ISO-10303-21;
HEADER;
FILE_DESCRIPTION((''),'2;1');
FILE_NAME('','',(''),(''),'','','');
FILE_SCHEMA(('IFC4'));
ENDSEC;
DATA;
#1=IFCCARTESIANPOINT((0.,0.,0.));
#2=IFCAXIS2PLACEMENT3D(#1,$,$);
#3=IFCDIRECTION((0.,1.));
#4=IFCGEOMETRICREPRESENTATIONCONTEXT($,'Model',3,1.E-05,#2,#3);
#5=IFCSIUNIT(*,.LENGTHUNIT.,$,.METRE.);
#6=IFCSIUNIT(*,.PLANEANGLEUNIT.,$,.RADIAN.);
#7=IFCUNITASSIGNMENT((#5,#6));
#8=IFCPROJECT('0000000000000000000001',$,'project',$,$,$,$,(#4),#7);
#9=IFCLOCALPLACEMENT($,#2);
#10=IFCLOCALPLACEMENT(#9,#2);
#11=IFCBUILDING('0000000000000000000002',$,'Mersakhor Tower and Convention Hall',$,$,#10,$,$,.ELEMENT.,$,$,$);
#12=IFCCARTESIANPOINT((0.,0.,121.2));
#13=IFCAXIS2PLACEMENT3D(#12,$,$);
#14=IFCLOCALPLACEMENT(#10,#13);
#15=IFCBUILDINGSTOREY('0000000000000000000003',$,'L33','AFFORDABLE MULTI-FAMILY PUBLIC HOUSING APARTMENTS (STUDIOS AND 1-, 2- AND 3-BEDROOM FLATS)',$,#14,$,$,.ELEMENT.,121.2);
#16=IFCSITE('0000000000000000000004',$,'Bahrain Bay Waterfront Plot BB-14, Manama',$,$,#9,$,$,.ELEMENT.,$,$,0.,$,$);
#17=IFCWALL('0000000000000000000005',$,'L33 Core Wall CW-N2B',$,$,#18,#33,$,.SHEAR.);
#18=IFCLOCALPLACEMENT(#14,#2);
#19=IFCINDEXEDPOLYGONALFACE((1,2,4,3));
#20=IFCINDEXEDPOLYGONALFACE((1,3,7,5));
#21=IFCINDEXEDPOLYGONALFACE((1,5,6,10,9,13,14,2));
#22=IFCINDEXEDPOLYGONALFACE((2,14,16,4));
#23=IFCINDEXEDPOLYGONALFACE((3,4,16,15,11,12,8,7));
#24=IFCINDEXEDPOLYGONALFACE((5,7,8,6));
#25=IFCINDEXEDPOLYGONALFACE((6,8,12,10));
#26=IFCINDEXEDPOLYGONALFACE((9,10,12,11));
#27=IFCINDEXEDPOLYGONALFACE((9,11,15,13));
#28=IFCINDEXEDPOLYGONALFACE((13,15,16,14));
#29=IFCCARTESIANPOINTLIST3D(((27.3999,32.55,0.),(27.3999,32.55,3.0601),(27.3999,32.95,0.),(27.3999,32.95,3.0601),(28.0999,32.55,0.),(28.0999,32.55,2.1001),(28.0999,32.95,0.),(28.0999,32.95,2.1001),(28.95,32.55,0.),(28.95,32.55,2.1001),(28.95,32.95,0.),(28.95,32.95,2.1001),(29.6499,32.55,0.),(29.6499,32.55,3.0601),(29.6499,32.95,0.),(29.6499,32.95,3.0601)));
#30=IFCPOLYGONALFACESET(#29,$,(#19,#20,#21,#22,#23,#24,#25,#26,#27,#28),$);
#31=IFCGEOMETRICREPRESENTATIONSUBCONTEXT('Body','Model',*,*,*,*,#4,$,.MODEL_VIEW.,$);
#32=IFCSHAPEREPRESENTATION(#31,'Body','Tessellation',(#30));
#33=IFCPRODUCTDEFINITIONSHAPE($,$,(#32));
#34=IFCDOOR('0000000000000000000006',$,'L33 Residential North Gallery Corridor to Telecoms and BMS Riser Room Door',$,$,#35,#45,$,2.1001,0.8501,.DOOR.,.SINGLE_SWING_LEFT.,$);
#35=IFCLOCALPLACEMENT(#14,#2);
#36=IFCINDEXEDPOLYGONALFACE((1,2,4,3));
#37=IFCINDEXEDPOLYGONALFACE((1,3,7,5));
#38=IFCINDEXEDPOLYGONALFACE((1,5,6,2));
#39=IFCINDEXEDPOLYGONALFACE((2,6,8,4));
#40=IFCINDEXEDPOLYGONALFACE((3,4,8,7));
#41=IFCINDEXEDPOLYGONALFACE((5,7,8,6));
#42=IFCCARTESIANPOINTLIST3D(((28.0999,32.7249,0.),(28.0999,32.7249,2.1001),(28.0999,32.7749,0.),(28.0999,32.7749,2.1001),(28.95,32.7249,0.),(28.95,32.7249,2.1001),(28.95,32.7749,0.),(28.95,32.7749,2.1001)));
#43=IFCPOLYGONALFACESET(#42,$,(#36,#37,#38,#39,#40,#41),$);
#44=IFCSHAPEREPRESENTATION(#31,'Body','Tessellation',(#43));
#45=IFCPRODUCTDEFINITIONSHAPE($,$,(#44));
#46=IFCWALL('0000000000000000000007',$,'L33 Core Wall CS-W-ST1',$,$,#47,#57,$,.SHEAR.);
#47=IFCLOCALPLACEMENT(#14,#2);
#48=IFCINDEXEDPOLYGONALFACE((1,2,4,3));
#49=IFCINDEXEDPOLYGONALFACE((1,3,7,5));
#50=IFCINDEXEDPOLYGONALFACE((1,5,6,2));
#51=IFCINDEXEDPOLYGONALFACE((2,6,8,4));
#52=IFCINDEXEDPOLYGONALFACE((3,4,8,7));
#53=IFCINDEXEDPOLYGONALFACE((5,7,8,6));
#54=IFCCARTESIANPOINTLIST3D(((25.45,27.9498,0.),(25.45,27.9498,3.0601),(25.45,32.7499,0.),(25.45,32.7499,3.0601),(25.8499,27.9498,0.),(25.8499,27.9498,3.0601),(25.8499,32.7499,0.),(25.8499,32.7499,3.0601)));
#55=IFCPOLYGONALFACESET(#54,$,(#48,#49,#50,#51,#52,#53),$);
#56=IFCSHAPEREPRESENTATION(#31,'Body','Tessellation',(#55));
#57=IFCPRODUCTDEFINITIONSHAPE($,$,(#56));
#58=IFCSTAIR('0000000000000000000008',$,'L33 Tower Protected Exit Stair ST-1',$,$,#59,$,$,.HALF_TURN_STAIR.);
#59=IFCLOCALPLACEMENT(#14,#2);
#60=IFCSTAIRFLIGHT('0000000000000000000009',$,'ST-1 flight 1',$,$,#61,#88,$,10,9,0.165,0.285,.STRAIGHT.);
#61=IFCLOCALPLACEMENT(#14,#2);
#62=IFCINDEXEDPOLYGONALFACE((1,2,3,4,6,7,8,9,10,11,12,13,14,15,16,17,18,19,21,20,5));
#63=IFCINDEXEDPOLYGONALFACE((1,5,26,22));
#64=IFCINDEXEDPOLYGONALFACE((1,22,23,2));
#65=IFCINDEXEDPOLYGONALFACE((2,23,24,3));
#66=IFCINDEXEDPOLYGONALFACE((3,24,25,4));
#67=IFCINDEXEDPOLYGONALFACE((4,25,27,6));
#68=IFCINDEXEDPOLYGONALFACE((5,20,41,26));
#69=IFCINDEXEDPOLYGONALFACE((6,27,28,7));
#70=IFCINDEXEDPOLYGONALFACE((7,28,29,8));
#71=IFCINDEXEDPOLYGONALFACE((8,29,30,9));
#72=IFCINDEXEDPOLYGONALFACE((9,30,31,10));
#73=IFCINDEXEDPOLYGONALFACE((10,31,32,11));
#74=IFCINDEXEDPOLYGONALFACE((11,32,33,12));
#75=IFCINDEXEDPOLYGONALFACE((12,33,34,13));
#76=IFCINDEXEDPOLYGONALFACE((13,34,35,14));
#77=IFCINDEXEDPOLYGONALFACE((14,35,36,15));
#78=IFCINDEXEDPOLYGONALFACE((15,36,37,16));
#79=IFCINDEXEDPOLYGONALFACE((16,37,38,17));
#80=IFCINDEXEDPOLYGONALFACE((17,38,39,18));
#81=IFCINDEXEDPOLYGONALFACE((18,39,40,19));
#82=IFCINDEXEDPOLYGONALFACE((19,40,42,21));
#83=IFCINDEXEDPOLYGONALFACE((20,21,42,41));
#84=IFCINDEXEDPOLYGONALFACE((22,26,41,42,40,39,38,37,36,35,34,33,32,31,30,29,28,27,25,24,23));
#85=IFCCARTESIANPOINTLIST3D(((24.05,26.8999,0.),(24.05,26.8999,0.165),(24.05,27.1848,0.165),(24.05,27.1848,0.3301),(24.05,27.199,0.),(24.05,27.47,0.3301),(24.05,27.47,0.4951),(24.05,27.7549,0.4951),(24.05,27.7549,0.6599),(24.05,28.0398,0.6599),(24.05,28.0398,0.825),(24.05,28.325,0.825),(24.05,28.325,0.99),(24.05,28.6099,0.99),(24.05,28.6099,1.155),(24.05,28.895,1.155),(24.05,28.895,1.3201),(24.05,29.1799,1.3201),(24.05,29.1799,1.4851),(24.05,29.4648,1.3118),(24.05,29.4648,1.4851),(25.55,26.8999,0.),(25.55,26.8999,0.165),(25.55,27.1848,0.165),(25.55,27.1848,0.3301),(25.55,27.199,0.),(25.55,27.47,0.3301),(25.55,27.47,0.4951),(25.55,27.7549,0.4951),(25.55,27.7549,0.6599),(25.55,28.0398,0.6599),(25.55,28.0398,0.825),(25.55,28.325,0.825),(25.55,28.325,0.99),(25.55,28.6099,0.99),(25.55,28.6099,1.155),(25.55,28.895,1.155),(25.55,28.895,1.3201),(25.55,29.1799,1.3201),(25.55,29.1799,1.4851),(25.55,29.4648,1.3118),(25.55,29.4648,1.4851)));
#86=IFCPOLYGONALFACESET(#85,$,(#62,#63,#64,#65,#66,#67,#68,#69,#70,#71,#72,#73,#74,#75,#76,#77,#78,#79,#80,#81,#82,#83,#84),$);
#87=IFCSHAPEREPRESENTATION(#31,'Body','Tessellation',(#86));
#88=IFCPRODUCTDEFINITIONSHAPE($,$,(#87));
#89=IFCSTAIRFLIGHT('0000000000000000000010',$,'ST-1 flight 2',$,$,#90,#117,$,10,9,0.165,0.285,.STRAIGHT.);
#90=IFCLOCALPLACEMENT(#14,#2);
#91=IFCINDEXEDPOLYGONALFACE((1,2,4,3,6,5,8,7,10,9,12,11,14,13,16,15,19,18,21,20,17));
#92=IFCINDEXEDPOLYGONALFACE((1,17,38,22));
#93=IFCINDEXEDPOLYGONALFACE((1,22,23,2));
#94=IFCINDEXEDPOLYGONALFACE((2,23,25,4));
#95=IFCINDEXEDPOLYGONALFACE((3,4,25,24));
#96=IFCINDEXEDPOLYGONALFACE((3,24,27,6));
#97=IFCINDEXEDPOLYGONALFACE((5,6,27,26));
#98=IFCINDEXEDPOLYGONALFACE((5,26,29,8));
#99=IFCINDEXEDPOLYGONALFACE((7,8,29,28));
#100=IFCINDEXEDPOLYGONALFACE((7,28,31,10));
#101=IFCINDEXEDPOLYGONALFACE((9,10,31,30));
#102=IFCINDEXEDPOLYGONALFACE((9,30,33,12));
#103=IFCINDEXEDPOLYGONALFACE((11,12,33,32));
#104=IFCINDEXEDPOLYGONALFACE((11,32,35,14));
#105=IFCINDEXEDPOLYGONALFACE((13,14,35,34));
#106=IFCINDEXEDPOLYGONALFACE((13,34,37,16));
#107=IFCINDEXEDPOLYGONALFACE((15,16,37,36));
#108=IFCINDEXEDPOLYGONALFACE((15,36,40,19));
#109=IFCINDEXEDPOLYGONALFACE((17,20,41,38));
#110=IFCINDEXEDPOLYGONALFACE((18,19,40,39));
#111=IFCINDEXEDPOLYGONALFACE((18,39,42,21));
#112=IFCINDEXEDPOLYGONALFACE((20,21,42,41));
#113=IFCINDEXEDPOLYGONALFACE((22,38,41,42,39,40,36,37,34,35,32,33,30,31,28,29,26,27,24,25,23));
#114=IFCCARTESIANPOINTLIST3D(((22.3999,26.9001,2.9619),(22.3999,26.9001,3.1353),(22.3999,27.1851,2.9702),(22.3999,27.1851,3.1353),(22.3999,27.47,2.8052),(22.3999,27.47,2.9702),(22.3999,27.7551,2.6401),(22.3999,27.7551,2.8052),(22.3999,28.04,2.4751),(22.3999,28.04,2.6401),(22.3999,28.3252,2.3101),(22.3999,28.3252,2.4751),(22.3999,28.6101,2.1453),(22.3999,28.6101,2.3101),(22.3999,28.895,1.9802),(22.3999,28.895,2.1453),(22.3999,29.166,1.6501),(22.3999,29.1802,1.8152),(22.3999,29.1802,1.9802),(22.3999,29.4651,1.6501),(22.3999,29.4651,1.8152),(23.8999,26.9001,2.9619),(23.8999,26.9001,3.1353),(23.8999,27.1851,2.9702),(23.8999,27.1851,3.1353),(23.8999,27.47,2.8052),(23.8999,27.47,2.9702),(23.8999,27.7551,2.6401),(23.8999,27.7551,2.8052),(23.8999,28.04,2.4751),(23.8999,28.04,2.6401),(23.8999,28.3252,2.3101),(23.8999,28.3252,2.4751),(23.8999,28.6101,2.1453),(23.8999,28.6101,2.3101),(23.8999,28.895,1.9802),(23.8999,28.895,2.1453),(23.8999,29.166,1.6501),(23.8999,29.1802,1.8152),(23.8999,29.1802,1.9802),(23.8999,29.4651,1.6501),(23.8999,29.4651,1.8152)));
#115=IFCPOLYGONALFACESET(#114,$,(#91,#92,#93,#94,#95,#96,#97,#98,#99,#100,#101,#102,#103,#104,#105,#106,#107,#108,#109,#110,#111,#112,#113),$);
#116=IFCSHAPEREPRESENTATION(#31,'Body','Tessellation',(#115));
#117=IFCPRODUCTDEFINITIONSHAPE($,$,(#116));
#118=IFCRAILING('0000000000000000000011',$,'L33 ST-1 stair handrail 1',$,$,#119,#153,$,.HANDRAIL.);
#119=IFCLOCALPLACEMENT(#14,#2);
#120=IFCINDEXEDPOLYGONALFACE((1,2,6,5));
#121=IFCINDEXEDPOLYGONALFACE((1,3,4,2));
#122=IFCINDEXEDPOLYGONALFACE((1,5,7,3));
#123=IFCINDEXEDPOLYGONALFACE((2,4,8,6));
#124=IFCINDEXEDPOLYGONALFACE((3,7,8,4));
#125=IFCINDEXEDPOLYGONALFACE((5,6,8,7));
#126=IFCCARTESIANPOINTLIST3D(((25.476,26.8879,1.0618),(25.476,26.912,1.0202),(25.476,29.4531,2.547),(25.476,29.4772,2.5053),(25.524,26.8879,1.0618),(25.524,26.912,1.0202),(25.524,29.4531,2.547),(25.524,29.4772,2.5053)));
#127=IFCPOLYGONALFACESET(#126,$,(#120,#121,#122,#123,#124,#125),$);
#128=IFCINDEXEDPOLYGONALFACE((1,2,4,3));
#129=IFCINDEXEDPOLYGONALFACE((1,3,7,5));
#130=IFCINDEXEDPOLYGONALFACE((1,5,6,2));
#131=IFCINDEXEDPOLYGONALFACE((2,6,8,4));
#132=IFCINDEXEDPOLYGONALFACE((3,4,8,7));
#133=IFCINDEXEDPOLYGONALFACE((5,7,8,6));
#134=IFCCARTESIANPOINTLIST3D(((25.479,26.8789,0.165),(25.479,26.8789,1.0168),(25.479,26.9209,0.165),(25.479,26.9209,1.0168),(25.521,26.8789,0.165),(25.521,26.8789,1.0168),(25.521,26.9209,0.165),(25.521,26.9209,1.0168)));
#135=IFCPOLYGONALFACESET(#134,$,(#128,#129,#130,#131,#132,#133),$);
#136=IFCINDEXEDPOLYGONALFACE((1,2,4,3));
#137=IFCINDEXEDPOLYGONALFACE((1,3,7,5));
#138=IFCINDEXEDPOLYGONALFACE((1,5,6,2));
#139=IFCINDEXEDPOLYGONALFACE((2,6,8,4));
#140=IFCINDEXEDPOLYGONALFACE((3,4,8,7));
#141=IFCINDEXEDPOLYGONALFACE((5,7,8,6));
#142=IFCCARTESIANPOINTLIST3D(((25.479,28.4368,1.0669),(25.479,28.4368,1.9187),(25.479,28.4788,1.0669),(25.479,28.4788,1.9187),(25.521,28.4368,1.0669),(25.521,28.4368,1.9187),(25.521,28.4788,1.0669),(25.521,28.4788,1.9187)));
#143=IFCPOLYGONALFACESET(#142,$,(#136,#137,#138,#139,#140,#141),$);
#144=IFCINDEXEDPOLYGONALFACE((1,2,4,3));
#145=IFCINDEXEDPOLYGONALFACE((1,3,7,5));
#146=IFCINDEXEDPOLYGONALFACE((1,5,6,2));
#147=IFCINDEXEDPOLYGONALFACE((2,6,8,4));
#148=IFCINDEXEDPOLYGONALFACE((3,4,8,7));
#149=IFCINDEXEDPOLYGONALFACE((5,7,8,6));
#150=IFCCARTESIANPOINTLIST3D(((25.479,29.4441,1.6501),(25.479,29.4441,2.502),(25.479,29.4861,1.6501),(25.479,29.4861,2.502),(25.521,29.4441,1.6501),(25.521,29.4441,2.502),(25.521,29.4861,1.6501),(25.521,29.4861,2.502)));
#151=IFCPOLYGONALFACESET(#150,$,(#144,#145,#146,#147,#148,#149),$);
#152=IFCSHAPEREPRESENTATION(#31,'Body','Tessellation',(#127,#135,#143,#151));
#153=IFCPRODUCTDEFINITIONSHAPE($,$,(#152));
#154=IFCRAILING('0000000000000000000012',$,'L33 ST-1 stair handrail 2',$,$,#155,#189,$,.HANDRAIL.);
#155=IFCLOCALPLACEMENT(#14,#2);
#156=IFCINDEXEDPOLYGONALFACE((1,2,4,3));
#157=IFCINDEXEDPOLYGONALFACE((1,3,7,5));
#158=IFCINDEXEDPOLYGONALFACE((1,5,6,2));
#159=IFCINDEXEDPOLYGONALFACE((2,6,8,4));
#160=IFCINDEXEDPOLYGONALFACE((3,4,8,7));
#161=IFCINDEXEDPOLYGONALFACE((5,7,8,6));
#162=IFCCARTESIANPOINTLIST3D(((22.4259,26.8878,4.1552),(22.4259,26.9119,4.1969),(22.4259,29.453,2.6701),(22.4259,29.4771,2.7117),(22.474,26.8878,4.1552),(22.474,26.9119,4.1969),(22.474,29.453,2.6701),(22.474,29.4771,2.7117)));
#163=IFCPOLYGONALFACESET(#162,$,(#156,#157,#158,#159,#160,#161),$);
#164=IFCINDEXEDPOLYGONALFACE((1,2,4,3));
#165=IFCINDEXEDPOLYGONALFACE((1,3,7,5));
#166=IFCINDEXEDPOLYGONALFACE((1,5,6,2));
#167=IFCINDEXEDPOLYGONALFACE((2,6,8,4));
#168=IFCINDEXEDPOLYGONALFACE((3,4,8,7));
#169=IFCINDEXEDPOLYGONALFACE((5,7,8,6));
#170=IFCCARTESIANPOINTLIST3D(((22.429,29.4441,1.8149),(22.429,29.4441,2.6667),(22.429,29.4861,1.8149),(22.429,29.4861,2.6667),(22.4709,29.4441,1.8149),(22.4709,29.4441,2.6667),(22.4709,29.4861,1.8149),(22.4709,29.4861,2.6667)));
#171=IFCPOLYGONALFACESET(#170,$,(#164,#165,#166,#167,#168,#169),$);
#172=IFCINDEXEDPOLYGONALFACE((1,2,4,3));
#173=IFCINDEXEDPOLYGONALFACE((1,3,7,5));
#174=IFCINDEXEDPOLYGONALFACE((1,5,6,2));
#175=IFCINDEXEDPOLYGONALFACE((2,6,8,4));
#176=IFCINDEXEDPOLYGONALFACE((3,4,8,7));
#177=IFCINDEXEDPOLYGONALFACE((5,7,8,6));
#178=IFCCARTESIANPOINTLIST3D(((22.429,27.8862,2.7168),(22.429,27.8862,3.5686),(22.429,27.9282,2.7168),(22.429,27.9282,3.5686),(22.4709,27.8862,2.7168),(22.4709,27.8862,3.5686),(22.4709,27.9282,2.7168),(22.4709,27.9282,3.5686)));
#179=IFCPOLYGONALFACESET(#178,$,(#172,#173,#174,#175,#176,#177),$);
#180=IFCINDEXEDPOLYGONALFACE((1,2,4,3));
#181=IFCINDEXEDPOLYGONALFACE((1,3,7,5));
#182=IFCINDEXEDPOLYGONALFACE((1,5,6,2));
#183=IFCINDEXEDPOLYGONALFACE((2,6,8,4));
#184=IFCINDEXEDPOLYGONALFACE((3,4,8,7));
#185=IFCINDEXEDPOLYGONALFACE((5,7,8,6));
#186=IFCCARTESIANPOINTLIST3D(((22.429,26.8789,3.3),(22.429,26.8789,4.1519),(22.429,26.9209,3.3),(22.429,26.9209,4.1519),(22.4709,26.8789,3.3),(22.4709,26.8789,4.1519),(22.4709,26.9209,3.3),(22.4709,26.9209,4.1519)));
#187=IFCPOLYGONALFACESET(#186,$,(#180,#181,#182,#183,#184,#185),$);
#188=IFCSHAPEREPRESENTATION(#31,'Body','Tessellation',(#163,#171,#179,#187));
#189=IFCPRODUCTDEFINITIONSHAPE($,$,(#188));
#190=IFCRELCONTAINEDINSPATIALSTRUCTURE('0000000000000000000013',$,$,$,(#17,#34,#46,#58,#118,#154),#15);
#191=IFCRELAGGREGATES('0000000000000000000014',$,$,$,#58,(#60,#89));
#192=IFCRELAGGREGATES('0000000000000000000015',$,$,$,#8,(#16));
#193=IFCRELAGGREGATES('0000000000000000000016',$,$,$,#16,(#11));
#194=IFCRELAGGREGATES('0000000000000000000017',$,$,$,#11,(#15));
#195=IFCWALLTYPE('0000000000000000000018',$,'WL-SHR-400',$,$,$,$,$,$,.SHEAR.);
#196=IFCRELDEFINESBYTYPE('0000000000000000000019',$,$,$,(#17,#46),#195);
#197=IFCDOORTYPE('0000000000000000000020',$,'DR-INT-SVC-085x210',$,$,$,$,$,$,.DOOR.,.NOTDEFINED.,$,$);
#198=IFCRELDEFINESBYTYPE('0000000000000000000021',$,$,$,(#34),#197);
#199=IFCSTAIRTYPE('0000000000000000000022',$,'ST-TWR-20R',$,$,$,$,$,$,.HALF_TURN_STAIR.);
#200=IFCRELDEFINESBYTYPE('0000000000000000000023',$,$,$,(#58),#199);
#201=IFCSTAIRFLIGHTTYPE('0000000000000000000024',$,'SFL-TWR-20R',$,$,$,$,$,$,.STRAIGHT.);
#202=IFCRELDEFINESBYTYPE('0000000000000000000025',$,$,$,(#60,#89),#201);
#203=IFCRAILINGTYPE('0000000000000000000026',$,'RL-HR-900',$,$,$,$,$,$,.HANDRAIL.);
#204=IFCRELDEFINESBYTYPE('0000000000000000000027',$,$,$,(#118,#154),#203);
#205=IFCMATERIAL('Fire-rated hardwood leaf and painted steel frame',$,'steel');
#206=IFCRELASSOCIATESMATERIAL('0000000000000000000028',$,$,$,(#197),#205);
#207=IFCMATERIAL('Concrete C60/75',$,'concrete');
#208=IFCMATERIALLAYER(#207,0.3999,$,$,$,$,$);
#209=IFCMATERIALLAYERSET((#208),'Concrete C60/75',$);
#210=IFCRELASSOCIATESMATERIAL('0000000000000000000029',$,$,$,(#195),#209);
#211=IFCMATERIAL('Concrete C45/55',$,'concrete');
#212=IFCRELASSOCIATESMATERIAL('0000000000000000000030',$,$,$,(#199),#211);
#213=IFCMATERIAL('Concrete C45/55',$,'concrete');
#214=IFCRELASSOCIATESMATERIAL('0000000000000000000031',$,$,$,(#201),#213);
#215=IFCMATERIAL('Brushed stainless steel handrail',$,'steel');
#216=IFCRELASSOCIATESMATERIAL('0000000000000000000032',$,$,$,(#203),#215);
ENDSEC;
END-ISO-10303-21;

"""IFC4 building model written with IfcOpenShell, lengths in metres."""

from ifc_helpers import new_model, si_unit, direction, frame, frame_2d, origin, origin_2d, place, context, subcontext, project, spatial, polyline, rectangle, outline, extrude, material, layer, layer_set, type_object, element, fill, aggregate, save


model = new_model("IFC4")

# Units and contexts
model_context = context("Model", 3, precision=1e-05, world=origin(), true_north=direction((0.0, 1.0)))
body_context = subcontext(model_context, "Body", "Model", "MODEL_VIEW")
ifc_project = project(units=[si_unit("LENGTHUNIT", "METRE"), si_unit("PLANEANGLEUNIT", "RADIAN")], contexts=[model_context])

# Site, building, storey
site_placement = place(None, origin())
site = spatial("IfcSite", under=ifc_project, at=site_placement, Name="Bahrain Bay Waterfront Plot BB-14, Manama", CompositionType="ELEMENT", RefElevation=0.0)
building_placement = place(site_placement, origin())
building = spatial("IfcBuilding", under=site, at=building_placement, Name="Mersakhor Tower and Convention Hall", CompositionType="ELEMENT")
storey_placement = place(building_placement, frame((0.0, 0.0, 121.2)))
storey = spatial("IfcBuildingStorey", under=building, at=storey_placement, Name="L33", Description="AFFORDABLE MULTI-FAMILY PUBLIC HOUSING APARTMENTS (STUDIOS AND 1-, 2- AND 3-BEDROOM FLATS)", CompositionType="ELEMENT", Elevation=121.2)

# Shared definitions
ifc_material_1 = material(Name="Fire-rated hardwood leaf and painted steel frame", Category="steel")
door_type_1 = type_object("IfcDoorType", Name="DR-INT-SVC-085x210", OperationType="NOTDEFINED", PredefinedType="DOOR", material=ifc_material_1)

# Shared definitions
ifc_material_2 = material(Name="Concrete C60/75", Category="concrete")
ifc_layer_1 = layer(ifc_material_2, 0.3999)
ifc_layer_set_1 = layer_set([ifc_layer_1], Name="Concrete C60/75")
wall_type_1 = type_object("IfcWallType", Name="WL-SHR-400", PredefinedType="SHEAR", material=ifc_layer_set_1)

# Wall, opening, door
wall_1_placement = place(storey_placement, frame((27.3999, 32.75, 0.0), z_axis=(0.0, 0.0, 1.0), x_axis=(1.0, 0.0, 0.0)))
wall_1 = element("IfcWall", 1, at=wall_1_placement, inside=storey, type_object=wall_type_1, Name="L33 Core Wall CW-N2B", PredefinedType="SHEAR", context=body_context, shape_type="SweptSolid", body=[
    extrude(rectangle(XDim=2.25, YDim=0.3999, at=frame_2d((1.125, 0.0))), origin(), (0.0, 0.0, 1.0), 3.0601),
])
opening_1_placement = place(wall_1_placement, frame((0.7, 0.0, 0.0)))
opening_1 = element("IfcOpeningElement", 2, at=opening_1_placement, cuts=wall_1, PredefinedType="OPENING", context=body_context, shape_type="SweptSolid", body=[
    extrude(rectangle(XDim=0.8501, YDim=2.1001, at=frame_2d((0.425, 1.05))), frame((0.0, 0.21, 0.0), z_axis=(0.0, -1.0, 0.0), x_axis=(1.0, 0.0, 0.0)), (0.0, 0.0, 1.0), 0.4199),
])
door_1_placement = place(opening_1_placement, origin())
door_1 = element("IfcDoor", 3, at=door_1_placement, inside=storey, type_object=door_type_1, Name="L33 Residential North Gallery Corridor to Telecoms and BMS Riser Room Door", OperationType="SINGLE_SWING_LEFT", OverallHeight=2.1001, OverallWidth=0.8501, PredefinedType="DOOR", context=body_context, shape_type="SweptSolid", body=[
    extrude(rectangle(XDim=0.8501, YDim=2.1001, at=frame_2d((0.425, 1.05))), frame((0.0, 0.0249, 0.0), z_axis=(0.0, -1.0, 0.0), x_axis=(1.0, 0.0, 0.0)), (0.0, 0.0, 1.0), 0.05),
])
fill(opening_1, door_1)

# Wall
wall_2_placement = place(storey_placement, frame((25.6499, 27.95, 0.0), z_axis=(0.0, 0.0, 1.0), x_axis=(0.0, 1.0, 0.0)))
element("IfcWall", 4, at=wall_2_placement, inside=storey, type_object=wall_type_1, Name="L33 Core Wall CS-W-ST1", PredefinedType="SHEAR", context=body_context, shape_type="SweptSolid", body=[
    extrude(rectangle(XDim=4.8, YDim=0.3999, at=frame_2d((2.3999, 0.0))), origin(), (0.0, 0.0, 1.0), 3.0601),
])

# Stair, stair flights
ifc_material_3 = material(Name="Concrete C45/55", Category="concrete")
stair_type = type_object("IfcStairType", Name="ST-TWR-20R", PredefinedType="HALF_TURN_STAIR", material=ifc_material_3)
stair_placement = place(storey_placement, origin())
stair = element("IfcStair", 5, at=stair_placement, inside=storey, type_object=stair_type, Name="L33 Tower Protected Exit Stair ST-1", PredefinedType="HALF_TURN_STAIR")
ifc_material_4 = material(Name="Concrete C45/55", Category="concrete")
stair_flight_type = type_object("IfcStairFlightType", Name="SFL-TWR-20R", PredefinedType="STRAIGHT", material=ifc_material_4)
stair_flight_1_placement = place(storey_placement, frame((24.8, 26.8999, 0.0), z_axis=(0.0, 0.0, 1.0), x_axis=(0.0, 1.0, 0.0)))
stair_flight_1 = element("IfcStairFlight", 6, at=stair_flight_1_placement, type_object=stair_flight_type, Name="ST-1 flight 1", NumberOfRisers=10, NumberOfTreads=9, PredefinedType="STRAIGHT", RiserHeight=0.165, TreadLength=0.285, context=body_context, shape_type="SweptSolid", body=[
    extrude(outline(polyline([(0.0, 0.0), (0.0, 0.165), (0.2849, 0.165), (0.2849, 0.3301), (0.5701, 0.3301), (0.5701, 0.4951), (0.855, 0.4951), (0.855, 0.6599), (1.1399, 0.6599), (1.1399, 0.825), (1.425, 0.825), (1.425, 0.99), (1.71, 0.99), (1.71, 1.155), (1.9951, 1.155), (1.9951, 1.3201), (2.28, 1.3201), (2.28, 1.4851), (2.5649, 1.4851), (2.5649, 1.6499), (2.5649, 1.3118), (0.2991, 0.0), (0.0, 0.0)])), frame((0.0, 0.75, 0.0), z_axis=(0.0, -1.0, 0.0), x_axis=(1.0, 0.0, 0.0)), (0.0, 0.0, 1.0), 1.5),
])
stair_flight_2_placement = place(storey_placement, frame((23.1499, 29.4651, 1.6501), z_axis=(0.0, 0.0, 1.0), x_axis=(0.0, -1.0, 0.0)))
stair_flight_2 = element("IfcStairFlight", 7, at=stair_flight_2_placement, type_object=stair_flight_type, Name="ST-1 flight 2", NumberOfRisers=10, NumberOfTreads=9, PredefinedType="STRAIGHT", RiserHeight=0.165, TreadLength=0.285, context=body_context, shape_type="SweptSolid", body=[
    extrude(outline(polyline([(0.0, 0.0), (0.0, 0.165), (0.2849, 0.165), (0.2849, 0.3301), (0.5701, 0.3301), (0.5701, 0.4951), (0.855, 0.4951), (0.855, 0.6599), (1.1399, 0.6599), (1.1399, 0.825), (1.425, 0.825), (1.425, 0.99), (1.71, 0.99), (1.71, 1.155), (1.9951, 1.155), (1.9951, 1.3201), (2.28, 1.3201), (2.28, 1.4851), (2.5649, 1.4851), (2.5649, 1.6499), (2.5649, 1.3118), (0.2991, 0.0), (0.0, 0.0)])), frame((0.0, 0.75, 0.0), z_axis=(0.0, -1.0, 0.0), x_axis=(1.0, 0.0, 0.0)), (0.0, 0.0, 1.0), 1.5),
])
aggregate(stair, [stair_flight_1, stair_flight_2])

# Railings
ifc_material_5 = material(Name="Brushed stainless steel handrail", Category="steel")
railing_type_1 = type_object("IfcRailingType", Name="RL-HR-900", PredefinedType="HANDRAIL", material=ifc_material_5)
railing_1_placement = place(storey_placement, frame((25.5, 26.8999, 0.165)))
element("IfcRailing", 8, at=railing_1_placement, inside=storey, type_object=railing_type_1, Name="L33 ST-1 stair handrail 1", PredefinedType="HANDRAIL", context=body_context, shape_type="SweptSolid", body=[
    extrude(rectangle(XDim=0.0481, YDim=0.0481, at=origin_2d()), frame((0.0, 0.0, 0.876), z_axis=(0.0, 0.865426, 0.501036), x_axis=(-1.0, 0.0, 0.0)), (0.0, 0.0, 1.0), 2.9641),
    extrude(rectangle(XDim=0.042, YDim=0.042, at=origin_2d()), origin(), (0.0, 0.0, 1.0), 0.8518),
    extrude(rectangle(XDim=0.042, YDim=0.042, at=origin_2d()), frame((0.0, 1.5579, 0.9019)), (0.0, 0.0, 1.0), 0.8518),
    extrude(rectangle(XDim=0.042, YDim=0.042, at=origin_2d()), frame((0.0, 2.5652, 1.4851)), (0.0, 0.0, 1.0), 0.8518),
])
railing_2_placement = place(storey_placement, frame((22.45, 29.4651, 1.8149)))
element("IfcRailing", 9, at=railing_2_placement, inside=storey, type_object=railing_type_1, Name="L33 ST-1 stair handrail 2", PredefinedType="HANDRAIL", context=body_context, shape_type="SweptSolid", body=[
    extrude(rectangle(XDim=0.0481, YDim=0.0481, at=origin_2d()), frame((0.0, 0.0, 0.876), z_axis=(0.0, -0.865426, 0.501036), x_axis=(1.0, 0.0, 0.0)), (0.0, 0.0, 1.0), 2.9641),
    extrude(rectangle(XDim=0.042, YDim=0.042, at=origin_2d()), origin(), (0.0, 0.0, 1.0), 0.8518),
    extrude(rectangle(XDim=0.042, YDim=0.042, at=origin_2d()), frame((0.0, -1.5579, 0.9019)), (0.0, 0.0, 1.0), 0.8518),
    extrude(rectangle(XDim=0.042, YDim=0.042, at=origin_2d()), frame((0.0, -2.5652, 1.4851)), (0.0, 0.0, 1.0), 0.8518),
])

save(model, "model.ifc")
